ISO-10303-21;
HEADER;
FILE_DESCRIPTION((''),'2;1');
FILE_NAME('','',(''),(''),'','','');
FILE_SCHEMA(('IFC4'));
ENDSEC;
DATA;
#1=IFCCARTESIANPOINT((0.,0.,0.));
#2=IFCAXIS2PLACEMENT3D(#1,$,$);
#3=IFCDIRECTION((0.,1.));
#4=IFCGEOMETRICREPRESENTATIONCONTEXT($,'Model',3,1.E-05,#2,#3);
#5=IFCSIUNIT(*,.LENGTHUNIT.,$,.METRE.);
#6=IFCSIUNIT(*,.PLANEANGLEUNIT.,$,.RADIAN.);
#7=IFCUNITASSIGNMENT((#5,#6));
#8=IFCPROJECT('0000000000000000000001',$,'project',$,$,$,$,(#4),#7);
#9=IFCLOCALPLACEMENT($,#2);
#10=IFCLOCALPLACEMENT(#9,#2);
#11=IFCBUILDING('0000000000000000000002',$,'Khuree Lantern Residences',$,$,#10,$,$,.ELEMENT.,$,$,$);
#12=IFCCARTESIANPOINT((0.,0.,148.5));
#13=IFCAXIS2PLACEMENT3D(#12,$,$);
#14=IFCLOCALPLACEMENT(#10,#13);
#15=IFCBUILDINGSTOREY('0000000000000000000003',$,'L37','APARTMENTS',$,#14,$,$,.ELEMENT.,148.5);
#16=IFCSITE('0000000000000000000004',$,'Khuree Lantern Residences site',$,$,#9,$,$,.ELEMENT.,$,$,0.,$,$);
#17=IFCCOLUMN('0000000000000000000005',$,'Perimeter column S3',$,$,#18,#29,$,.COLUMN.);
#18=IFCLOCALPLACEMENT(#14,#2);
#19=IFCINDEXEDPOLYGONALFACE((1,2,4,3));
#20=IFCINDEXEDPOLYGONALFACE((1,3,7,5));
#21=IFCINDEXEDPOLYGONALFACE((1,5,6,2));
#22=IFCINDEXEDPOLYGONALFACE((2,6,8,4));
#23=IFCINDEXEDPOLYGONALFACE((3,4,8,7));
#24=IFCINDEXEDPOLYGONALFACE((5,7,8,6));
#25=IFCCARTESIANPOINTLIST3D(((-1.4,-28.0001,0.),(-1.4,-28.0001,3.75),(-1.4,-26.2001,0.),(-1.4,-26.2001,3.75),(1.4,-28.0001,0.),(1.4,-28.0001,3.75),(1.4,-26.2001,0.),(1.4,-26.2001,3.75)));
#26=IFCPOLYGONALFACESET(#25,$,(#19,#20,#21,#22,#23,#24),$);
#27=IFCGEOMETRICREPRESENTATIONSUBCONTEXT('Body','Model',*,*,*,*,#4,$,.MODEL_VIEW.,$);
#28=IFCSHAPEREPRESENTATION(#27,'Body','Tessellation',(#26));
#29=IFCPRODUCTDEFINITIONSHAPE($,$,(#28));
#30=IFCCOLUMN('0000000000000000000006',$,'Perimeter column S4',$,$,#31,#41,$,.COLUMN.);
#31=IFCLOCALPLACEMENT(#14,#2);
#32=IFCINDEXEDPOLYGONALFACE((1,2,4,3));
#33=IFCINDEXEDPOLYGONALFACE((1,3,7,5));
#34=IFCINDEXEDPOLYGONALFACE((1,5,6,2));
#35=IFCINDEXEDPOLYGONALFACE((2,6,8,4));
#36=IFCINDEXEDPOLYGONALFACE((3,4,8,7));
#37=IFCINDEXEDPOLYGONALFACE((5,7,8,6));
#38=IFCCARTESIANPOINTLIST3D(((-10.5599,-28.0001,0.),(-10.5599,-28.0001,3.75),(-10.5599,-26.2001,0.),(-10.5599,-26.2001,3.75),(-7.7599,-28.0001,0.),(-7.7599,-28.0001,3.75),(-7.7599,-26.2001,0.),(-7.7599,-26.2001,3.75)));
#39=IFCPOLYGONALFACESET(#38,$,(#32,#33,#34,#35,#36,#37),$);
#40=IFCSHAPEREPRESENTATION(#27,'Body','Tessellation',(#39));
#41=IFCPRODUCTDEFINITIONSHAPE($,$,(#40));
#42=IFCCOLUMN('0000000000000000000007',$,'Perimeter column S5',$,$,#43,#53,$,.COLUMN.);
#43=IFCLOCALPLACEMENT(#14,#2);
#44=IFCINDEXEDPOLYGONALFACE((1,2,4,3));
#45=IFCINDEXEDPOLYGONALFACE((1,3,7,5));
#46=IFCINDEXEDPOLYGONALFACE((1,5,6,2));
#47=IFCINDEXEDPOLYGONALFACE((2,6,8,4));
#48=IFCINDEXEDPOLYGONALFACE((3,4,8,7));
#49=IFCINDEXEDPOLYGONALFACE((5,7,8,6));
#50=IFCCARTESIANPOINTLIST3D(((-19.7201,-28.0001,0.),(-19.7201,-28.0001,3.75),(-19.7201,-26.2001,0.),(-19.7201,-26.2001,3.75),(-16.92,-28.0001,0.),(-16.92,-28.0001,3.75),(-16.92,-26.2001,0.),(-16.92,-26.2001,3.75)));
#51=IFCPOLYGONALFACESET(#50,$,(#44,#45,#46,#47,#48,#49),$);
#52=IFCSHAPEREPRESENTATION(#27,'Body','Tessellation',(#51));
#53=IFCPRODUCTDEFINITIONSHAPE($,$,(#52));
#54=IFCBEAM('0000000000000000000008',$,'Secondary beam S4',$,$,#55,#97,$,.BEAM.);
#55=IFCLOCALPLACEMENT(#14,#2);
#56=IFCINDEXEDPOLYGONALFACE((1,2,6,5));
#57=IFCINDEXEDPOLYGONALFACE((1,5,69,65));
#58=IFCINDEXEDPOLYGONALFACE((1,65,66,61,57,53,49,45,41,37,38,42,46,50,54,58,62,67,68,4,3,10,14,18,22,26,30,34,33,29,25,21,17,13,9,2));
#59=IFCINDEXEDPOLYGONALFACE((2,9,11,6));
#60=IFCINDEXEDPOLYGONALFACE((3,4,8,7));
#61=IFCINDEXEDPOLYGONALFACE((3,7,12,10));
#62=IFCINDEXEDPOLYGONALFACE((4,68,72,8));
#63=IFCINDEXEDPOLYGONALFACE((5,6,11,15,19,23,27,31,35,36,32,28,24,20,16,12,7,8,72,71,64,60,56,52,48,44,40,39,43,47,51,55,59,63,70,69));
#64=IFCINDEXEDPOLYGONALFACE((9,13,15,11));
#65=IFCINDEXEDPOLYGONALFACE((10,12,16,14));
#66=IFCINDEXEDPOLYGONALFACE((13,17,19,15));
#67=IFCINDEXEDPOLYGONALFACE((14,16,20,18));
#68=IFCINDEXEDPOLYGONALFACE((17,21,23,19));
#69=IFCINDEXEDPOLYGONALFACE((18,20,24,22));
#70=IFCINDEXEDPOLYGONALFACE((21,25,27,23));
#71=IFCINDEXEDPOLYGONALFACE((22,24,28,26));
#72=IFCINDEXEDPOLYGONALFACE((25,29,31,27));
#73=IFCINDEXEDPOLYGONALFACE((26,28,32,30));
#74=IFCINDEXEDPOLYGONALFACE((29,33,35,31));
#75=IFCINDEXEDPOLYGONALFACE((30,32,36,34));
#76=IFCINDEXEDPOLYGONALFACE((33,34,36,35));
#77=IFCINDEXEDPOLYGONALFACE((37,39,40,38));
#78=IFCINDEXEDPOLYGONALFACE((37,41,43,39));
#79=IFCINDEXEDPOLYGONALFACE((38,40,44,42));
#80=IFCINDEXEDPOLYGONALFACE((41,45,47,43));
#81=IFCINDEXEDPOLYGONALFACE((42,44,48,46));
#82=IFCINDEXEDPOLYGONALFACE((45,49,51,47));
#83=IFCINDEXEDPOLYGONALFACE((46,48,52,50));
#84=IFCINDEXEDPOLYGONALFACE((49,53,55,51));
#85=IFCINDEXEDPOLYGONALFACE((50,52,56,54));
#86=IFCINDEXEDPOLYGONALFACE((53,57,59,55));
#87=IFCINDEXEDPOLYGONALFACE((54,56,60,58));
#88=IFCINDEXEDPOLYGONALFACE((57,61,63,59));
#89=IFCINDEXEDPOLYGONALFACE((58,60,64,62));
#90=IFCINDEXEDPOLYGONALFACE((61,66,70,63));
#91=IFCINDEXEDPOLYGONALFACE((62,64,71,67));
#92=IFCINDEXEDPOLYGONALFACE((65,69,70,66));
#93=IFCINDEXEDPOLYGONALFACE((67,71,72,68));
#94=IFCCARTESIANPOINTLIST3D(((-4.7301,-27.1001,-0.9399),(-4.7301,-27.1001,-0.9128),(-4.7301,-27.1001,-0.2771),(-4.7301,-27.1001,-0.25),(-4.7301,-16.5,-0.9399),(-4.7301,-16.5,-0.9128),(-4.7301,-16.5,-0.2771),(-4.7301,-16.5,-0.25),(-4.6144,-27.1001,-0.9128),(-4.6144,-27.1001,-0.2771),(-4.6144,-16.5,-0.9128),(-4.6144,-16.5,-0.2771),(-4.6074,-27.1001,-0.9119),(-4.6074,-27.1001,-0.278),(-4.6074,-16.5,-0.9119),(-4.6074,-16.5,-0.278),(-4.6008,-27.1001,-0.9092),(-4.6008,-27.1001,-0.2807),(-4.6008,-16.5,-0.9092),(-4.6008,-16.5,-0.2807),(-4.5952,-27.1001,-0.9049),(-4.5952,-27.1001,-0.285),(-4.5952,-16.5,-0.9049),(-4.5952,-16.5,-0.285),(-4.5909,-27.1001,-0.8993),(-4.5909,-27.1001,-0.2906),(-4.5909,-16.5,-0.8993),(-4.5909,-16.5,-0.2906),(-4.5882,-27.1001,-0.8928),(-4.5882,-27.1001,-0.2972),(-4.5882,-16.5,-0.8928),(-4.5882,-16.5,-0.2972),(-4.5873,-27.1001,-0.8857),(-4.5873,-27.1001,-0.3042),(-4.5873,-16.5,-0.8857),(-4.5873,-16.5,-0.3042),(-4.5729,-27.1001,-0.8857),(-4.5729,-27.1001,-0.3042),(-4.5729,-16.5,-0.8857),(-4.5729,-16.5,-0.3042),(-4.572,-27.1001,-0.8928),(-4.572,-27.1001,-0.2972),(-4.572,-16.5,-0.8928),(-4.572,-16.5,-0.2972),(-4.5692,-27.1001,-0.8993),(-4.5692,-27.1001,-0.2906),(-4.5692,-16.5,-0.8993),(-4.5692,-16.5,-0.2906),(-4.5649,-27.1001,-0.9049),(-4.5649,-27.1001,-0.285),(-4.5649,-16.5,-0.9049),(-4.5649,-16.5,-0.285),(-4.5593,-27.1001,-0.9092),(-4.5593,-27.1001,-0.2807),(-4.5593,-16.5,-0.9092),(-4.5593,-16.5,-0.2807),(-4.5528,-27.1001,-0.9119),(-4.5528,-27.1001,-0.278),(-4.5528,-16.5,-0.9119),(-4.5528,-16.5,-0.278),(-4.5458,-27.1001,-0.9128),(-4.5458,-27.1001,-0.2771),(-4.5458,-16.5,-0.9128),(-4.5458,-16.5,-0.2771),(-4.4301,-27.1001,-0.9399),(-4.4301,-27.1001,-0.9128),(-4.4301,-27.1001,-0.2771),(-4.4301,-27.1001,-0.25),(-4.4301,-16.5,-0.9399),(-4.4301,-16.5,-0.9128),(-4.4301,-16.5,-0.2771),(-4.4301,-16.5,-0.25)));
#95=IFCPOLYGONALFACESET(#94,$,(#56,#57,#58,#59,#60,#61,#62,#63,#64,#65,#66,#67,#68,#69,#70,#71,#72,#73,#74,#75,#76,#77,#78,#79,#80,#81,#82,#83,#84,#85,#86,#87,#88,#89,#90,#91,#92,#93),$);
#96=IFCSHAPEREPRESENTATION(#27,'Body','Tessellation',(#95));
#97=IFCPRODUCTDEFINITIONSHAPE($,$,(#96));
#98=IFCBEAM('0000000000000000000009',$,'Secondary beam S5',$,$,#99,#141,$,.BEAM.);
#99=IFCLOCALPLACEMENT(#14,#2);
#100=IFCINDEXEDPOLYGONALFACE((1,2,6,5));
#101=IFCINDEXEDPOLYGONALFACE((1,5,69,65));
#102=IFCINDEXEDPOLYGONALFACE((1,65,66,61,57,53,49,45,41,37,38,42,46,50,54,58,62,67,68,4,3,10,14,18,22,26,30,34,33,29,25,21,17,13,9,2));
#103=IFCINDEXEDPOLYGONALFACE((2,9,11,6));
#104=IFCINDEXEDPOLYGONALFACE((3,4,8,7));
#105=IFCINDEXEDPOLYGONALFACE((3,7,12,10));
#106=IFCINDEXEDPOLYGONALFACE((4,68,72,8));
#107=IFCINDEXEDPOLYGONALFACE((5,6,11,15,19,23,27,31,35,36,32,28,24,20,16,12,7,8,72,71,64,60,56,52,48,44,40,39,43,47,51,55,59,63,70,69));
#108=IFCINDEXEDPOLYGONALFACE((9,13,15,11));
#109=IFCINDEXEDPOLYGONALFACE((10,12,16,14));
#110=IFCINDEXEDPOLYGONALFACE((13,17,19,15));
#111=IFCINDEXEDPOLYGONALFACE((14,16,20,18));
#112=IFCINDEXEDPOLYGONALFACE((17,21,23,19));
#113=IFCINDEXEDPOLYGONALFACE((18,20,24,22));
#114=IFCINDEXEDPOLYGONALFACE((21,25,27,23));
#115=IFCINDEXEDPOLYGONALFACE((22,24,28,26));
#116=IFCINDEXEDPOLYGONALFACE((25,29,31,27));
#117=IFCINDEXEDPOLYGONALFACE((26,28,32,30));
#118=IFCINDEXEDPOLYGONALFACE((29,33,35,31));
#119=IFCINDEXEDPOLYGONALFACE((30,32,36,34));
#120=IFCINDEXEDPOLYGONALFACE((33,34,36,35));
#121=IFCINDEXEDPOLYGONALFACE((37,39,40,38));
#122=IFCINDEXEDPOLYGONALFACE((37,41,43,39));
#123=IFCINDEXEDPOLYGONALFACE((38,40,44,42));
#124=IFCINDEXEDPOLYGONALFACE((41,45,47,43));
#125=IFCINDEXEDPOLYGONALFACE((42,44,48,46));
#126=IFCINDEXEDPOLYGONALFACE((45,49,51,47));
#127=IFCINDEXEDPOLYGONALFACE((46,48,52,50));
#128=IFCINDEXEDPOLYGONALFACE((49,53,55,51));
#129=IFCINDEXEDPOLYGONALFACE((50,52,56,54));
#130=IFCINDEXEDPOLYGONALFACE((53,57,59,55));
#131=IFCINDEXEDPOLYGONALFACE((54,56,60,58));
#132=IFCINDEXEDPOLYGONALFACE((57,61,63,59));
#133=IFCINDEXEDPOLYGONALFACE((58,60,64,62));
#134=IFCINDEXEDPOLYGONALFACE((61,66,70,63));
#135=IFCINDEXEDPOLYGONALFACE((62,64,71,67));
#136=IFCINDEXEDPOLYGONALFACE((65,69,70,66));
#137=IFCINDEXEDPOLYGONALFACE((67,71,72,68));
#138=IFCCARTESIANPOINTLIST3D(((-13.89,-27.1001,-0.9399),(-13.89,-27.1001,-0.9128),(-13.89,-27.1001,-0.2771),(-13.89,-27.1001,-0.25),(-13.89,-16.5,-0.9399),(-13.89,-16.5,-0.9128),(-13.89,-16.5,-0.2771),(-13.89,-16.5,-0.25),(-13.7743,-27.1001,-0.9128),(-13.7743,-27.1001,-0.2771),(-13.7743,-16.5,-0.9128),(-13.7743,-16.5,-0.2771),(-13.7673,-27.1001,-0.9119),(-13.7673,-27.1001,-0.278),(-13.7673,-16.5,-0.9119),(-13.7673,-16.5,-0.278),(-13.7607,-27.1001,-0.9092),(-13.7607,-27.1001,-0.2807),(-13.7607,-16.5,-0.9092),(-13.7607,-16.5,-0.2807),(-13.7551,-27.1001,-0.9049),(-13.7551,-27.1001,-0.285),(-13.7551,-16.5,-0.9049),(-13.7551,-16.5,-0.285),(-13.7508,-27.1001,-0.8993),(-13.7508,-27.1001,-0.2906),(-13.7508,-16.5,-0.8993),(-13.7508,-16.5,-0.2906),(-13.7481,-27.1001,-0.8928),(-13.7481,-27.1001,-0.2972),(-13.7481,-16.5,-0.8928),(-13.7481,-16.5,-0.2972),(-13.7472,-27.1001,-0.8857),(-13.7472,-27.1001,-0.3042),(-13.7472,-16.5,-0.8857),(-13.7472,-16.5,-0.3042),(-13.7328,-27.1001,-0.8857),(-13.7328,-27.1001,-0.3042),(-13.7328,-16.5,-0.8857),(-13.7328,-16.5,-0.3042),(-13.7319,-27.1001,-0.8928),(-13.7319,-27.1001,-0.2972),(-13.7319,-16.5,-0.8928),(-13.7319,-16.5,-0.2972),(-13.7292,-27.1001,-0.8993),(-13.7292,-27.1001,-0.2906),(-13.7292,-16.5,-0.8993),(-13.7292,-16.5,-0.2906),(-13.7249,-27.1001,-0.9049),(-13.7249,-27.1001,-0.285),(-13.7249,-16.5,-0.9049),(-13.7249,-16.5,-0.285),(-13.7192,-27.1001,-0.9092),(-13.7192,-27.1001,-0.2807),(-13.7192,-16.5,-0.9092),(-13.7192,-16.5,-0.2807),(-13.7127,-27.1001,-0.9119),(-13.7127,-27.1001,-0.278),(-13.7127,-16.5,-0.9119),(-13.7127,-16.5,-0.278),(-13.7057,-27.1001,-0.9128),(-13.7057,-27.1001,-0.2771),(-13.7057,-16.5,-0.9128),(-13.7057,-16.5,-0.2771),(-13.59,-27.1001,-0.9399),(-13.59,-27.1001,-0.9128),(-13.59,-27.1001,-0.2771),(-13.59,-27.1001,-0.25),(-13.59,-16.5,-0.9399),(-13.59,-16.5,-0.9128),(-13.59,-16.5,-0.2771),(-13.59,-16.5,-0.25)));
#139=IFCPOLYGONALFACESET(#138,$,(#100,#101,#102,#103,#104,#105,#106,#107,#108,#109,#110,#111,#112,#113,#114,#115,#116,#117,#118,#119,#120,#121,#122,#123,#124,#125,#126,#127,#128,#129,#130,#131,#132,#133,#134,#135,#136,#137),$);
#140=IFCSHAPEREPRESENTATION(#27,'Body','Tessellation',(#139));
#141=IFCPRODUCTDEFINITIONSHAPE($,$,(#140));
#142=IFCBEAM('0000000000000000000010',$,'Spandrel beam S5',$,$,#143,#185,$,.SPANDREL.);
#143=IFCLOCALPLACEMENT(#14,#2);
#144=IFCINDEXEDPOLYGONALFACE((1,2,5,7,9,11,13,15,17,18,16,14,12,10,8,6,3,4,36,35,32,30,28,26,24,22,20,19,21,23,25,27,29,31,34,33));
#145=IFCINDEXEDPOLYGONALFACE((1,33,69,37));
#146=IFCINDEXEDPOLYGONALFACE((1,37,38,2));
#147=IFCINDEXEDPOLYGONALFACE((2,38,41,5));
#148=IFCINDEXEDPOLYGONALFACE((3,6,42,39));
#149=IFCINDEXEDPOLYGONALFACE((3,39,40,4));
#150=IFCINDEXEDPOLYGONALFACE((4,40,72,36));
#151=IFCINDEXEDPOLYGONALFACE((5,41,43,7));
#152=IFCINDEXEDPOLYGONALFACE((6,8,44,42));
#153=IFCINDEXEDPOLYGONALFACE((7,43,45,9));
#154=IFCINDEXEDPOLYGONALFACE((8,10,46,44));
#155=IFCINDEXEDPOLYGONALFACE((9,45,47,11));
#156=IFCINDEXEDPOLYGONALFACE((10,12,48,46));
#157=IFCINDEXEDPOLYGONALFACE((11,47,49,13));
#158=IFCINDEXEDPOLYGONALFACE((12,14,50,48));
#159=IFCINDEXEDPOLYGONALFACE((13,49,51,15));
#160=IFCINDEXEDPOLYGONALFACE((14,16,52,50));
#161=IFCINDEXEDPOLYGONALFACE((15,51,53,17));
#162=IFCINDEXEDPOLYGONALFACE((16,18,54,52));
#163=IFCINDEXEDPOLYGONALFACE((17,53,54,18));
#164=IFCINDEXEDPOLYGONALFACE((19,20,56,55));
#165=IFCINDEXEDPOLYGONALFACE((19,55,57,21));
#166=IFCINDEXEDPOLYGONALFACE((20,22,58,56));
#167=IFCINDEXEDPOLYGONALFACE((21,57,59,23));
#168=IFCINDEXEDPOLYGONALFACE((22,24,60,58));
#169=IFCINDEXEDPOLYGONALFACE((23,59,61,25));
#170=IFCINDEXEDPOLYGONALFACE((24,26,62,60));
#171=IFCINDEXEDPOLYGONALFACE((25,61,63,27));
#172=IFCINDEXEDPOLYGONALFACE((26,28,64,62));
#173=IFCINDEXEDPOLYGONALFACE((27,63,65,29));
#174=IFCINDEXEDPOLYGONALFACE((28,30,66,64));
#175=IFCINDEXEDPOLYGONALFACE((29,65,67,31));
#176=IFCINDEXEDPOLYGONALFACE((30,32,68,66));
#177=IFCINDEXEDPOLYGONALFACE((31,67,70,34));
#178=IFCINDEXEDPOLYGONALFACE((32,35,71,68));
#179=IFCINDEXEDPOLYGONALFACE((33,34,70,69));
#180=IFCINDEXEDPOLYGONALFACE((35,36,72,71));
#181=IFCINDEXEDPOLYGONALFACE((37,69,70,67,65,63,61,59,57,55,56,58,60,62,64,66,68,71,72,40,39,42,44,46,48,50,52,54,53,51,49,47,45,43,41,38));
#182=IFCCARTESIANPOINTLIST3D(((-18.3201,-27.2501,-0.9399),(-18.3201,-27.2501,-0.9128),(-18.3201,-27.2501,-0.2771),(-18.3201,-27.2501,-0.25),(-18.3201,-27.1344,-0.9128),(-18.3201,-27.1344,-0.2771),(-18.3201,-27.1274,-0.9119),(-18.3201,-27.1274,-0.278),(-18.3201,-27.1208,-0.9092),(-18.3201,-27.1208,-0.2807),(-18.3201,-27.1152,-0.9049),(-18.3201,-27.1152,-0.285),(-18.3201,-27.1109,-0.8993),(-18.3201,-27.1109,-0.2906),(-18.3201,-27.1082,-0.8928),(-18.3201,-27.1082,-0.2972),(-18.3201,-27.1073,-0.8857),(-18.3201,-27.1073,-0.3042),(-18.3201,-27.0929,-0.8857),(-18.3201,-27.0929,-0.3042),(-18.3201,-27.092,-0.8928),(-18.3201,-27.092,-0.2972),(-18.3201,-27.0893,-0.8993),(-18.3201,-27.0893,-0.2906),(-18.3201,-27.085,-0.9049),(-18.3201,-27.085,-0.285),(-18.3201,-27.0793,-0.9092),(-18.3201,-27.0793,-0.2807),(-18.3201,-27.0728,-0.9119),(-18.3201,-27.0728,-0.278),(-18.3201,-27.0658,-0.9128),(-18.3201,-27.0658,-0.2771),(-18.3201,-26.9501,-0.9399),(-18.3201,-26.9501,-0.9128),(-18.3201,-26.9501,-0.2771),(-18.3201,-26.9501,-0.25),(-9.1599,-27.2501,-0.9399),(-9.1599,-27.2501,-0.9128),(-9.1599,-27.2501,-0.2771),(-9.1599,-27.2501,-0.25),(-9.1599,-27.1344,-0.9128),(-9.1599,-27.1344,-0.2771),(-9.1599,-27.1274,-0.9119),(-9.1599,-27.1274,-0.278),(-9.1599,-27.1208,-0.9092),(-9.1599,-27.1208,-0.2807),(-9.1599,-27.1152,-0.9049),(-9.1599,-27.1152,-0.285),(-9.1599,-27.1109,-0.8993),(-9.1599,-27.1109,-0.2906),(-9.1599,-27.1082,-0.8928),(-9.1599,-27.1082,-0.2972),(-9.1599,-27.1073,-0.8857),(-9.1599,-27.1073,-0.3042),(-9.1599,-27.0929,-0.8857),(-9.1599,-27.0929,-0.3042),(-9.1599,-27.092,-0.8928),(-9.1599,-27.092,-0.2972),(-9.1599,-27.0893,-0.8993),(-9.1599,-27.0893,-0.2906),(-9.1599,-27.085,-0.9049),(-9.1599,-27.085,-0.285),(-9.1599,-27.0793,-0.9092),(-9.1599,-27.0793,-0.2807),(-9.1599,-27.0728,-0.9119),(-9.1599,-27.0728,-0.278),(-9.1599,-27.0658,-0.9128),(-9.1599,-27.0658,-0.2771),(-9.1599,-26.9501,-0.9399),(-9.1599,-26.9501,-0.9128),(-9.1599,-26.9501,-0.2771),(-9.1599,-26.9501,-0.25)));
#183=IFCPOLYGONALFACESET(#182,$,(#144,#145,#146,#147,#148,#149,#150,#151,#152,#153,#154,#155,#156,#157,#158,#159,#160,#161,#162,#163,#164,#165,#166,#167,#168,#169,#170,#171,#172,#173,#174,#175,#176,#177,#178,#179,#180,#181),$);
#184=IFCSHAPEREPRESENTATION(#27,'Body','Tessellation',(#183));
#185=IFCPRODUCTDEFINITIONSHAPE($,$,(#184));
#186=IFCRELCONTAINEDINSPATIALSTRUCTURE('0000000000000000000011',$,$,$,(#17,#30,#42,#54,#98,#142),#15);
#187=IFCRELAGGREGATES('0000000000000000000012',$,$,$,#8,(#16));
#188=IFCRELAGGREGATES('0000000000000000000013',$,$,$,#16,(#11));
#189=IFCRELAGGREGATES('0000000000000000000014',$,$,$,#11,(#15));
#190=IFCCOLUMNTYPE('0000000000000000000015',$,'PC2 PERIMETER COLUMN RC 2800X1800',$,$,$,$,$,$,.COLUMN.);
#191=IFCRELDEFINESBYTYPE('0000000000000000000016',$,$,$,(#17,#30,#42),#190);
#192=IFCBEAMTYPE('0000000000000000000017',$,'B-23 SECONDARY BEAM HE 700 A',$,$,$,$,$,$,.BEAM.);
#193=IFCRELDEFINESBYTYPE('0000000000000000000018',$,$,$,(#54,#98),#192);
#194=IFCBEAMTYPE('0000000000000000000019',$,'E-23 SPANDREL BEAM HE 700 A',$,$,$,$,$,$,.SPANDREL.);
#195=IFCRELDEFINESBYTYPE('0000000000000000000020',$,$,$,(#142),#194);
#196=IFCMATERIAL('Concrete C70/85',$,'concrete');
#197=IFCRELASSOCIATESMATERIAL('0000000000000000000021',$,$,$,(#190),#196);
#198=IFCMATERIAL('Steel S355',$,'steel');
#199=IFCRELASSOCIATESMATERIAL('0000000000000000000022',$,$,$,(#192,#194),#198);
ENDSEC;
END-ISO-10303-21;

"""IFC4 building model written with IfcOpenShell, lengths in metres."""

from ifc_helpers import new_model, si_unit, direction, frame, origin, origin_2d, place, context, subcontext, project, spatial, rectangle, i_section, extrude, material, material_profile, profile_set, type_object, element, save


model = new_model("IFC4")

# Units and contexts
model_context = context("Model", 3, precision=1e-05, world=origin(), true_north=direction((0.0, 1.0)))
body_context = subcontext(model_context, "Body", "Model", "MODEL_VIEW")
ifc_project = project(units=[si_unit("LENGTHUNIT", "METRE"), si_unit("PLANEANGLEUNIT", "RADIAN")], contexts=[model_context])

# Site, building, storey
site_placement = place(None, origin())
site = spatial("IfcSite", under=ifc_project, at=site_placement, Name="Khuree Lantern Residences site", CompositionType="ELEMENT", RefElevation=0.0)
building_placement = place(site_placement, origin())
building = spatial("IfcBuilding", under=site, at=building_placement, Name="Khuree Lantern Residences", CompositionType="ELEMENT")
storey_placement = place(building_placement, frame((0.0, 0.0, 148.5)))
storey = spatial("IfcBuildingStorey", under=building, at=storey_placement, Name="L37", Description="APARTMENTS", CompositionType="ELEMENT", Elevation=148.5)

# Columns
ifc_material_1 = material(Name="Concrete C70/85", Category="concrete")
ifc_material_profile_1 = material_profile(ifc_material_1, rectangle(XDim=2.8, YDim=1.8, at=origin_2d()), Name="RC 2800X1800")
ifc_profile_set_1 = profile_set([ifc_material_profile_1], Name="Concrete C70/85")
column_type = type_object("IfcColumnType", Name="PC2 PERIMETER COLUMN RC 2800X1800", PredefinedType="COLUMN", material=ifc_profile_set_1)
for number, where, z_axis, x_axis, name in (
    (1, (0.0, -27.1001, 0.0), (0.0, 0.0, 1.0), (1.0, 0.0, 0.0), "Perimeter column S3"),
    (2, (-9.1599, -27.1001, 0.0), (0.0, 0.0, 1.0), (1.0, 0.0, 0.0), "Perimeter column S4"),
    (3, (-18.3201, -27.1001, 0.0), (0.0, 0.0, 1.0), (1.0, 0.0, 0.0), "Perimeter column S5"),
):
    element("IfcColumn", number, at=place(storey_placement, frame(where, z_axis=z_axis, x_axis=x_axis)), inside=storey, type_object=column_type, Name=name, PredefinedType="COLUMN", context=body_context, shape_type="SweptSolid", body=[
        extrude(rectangle(XDim=2.8, YDim=1.8, at=origin_2d()), origin(), (0.0, 0.0, 1.0), 3.75),
    ])

# Beams
ifc_material_2 = material(Name="Steel S355", Category="steel")
ifc_material_profile_2 = material_profile(ifc_material_2, i_section(OverallWidth=0.3, OverallDepth=0.6899, WebThickness=0.0144, FlangeThickness=0.0271, FilletRadius=0.0271, at=origin_2d()), Name="HE 700 A")
ifc_profile_set_2 = profile_set([ifc_material_profile_2], Name="Steel S355")
beam_type_1 = type_object("IfcBeamType", Name="B-23 SECONDARY BEAM HE 700 A", PredefinedType="BEAM", material=ifc_profile_set_2)
for number, where, z_axis, x_axis, name in (
    (4, (-4.5801, -27.1001, -0.595), (0.0, 1.0, 0.0), (-1.0, 0.0, 0.0), "Secondary beam S4"),
    (5, (-13.74, -27.1001, -0.595), (0.0, 1.0, 0.0), (-1.0, 0.0, 0.0), "Secondary beam S5"),
):
    element("IfcBeam", number, at=place(storey_placement, frame(where, z_axis=z_axis, x_axis=x_axis)), inside=storey, type_object=beam_type_1, Name=name, PredefinedType="BEAM", context=body_context, shape_type="SweptSolid", body=[
        extrude(i_section(OverallWidth=0.3, OverallDepth=0.6899, WebThickness=0.0144, FlangeThickness=0.0271, FilletRadius=0.0271, at=origin_2d()), origin(), (0.0, 0.0, 1.0), 10.6001),
    ])
ifc_material_profile_3 = material_profile(ifc_material_2, i_section(OverallWidth=0.3, OverallDepth=0.6899, WebThickness=0.0144, FlangeThickness=0.0271, FilletRadius=0.0271, at=origin_2d()), Name="HE 700 A")
ifc_profile_set_3 = profile_set([ifc_material_profile_3], Name="Steel S355")
beam_type_2 = type_object("IfcBeamType", Name="E-23 SPANDREL BEAM HE 700 A", PredefinedType="SPANDREL", material=ifc_profile_set_3)
beam_1_placement = place(storey_placement, frame((-9.1599, -27.1001, -0.595), z_axis=(-1.0, 0.0, 0.0), x_axis=(0.0, -1.0, 0.0)))
element("IfcBeam", 6, at=beam_1_placement, inside=storey, type_object=beam_type_2, Name="Spandrel beam S5", PredefinedType="SPANDREL", context=body_context, shape_type="SweptSolid", body=[
    extrude(i_section(OverallWidth=0.3, OverallDepth=0.6899, WebThickness=0.0144, FlangeThickness=0.0271, FilletRadius=0.0271, at=origin_2d()), origin(), (0.0, 0.0, 1.0), 9.1602),
])

save(model, "model.ifc")
